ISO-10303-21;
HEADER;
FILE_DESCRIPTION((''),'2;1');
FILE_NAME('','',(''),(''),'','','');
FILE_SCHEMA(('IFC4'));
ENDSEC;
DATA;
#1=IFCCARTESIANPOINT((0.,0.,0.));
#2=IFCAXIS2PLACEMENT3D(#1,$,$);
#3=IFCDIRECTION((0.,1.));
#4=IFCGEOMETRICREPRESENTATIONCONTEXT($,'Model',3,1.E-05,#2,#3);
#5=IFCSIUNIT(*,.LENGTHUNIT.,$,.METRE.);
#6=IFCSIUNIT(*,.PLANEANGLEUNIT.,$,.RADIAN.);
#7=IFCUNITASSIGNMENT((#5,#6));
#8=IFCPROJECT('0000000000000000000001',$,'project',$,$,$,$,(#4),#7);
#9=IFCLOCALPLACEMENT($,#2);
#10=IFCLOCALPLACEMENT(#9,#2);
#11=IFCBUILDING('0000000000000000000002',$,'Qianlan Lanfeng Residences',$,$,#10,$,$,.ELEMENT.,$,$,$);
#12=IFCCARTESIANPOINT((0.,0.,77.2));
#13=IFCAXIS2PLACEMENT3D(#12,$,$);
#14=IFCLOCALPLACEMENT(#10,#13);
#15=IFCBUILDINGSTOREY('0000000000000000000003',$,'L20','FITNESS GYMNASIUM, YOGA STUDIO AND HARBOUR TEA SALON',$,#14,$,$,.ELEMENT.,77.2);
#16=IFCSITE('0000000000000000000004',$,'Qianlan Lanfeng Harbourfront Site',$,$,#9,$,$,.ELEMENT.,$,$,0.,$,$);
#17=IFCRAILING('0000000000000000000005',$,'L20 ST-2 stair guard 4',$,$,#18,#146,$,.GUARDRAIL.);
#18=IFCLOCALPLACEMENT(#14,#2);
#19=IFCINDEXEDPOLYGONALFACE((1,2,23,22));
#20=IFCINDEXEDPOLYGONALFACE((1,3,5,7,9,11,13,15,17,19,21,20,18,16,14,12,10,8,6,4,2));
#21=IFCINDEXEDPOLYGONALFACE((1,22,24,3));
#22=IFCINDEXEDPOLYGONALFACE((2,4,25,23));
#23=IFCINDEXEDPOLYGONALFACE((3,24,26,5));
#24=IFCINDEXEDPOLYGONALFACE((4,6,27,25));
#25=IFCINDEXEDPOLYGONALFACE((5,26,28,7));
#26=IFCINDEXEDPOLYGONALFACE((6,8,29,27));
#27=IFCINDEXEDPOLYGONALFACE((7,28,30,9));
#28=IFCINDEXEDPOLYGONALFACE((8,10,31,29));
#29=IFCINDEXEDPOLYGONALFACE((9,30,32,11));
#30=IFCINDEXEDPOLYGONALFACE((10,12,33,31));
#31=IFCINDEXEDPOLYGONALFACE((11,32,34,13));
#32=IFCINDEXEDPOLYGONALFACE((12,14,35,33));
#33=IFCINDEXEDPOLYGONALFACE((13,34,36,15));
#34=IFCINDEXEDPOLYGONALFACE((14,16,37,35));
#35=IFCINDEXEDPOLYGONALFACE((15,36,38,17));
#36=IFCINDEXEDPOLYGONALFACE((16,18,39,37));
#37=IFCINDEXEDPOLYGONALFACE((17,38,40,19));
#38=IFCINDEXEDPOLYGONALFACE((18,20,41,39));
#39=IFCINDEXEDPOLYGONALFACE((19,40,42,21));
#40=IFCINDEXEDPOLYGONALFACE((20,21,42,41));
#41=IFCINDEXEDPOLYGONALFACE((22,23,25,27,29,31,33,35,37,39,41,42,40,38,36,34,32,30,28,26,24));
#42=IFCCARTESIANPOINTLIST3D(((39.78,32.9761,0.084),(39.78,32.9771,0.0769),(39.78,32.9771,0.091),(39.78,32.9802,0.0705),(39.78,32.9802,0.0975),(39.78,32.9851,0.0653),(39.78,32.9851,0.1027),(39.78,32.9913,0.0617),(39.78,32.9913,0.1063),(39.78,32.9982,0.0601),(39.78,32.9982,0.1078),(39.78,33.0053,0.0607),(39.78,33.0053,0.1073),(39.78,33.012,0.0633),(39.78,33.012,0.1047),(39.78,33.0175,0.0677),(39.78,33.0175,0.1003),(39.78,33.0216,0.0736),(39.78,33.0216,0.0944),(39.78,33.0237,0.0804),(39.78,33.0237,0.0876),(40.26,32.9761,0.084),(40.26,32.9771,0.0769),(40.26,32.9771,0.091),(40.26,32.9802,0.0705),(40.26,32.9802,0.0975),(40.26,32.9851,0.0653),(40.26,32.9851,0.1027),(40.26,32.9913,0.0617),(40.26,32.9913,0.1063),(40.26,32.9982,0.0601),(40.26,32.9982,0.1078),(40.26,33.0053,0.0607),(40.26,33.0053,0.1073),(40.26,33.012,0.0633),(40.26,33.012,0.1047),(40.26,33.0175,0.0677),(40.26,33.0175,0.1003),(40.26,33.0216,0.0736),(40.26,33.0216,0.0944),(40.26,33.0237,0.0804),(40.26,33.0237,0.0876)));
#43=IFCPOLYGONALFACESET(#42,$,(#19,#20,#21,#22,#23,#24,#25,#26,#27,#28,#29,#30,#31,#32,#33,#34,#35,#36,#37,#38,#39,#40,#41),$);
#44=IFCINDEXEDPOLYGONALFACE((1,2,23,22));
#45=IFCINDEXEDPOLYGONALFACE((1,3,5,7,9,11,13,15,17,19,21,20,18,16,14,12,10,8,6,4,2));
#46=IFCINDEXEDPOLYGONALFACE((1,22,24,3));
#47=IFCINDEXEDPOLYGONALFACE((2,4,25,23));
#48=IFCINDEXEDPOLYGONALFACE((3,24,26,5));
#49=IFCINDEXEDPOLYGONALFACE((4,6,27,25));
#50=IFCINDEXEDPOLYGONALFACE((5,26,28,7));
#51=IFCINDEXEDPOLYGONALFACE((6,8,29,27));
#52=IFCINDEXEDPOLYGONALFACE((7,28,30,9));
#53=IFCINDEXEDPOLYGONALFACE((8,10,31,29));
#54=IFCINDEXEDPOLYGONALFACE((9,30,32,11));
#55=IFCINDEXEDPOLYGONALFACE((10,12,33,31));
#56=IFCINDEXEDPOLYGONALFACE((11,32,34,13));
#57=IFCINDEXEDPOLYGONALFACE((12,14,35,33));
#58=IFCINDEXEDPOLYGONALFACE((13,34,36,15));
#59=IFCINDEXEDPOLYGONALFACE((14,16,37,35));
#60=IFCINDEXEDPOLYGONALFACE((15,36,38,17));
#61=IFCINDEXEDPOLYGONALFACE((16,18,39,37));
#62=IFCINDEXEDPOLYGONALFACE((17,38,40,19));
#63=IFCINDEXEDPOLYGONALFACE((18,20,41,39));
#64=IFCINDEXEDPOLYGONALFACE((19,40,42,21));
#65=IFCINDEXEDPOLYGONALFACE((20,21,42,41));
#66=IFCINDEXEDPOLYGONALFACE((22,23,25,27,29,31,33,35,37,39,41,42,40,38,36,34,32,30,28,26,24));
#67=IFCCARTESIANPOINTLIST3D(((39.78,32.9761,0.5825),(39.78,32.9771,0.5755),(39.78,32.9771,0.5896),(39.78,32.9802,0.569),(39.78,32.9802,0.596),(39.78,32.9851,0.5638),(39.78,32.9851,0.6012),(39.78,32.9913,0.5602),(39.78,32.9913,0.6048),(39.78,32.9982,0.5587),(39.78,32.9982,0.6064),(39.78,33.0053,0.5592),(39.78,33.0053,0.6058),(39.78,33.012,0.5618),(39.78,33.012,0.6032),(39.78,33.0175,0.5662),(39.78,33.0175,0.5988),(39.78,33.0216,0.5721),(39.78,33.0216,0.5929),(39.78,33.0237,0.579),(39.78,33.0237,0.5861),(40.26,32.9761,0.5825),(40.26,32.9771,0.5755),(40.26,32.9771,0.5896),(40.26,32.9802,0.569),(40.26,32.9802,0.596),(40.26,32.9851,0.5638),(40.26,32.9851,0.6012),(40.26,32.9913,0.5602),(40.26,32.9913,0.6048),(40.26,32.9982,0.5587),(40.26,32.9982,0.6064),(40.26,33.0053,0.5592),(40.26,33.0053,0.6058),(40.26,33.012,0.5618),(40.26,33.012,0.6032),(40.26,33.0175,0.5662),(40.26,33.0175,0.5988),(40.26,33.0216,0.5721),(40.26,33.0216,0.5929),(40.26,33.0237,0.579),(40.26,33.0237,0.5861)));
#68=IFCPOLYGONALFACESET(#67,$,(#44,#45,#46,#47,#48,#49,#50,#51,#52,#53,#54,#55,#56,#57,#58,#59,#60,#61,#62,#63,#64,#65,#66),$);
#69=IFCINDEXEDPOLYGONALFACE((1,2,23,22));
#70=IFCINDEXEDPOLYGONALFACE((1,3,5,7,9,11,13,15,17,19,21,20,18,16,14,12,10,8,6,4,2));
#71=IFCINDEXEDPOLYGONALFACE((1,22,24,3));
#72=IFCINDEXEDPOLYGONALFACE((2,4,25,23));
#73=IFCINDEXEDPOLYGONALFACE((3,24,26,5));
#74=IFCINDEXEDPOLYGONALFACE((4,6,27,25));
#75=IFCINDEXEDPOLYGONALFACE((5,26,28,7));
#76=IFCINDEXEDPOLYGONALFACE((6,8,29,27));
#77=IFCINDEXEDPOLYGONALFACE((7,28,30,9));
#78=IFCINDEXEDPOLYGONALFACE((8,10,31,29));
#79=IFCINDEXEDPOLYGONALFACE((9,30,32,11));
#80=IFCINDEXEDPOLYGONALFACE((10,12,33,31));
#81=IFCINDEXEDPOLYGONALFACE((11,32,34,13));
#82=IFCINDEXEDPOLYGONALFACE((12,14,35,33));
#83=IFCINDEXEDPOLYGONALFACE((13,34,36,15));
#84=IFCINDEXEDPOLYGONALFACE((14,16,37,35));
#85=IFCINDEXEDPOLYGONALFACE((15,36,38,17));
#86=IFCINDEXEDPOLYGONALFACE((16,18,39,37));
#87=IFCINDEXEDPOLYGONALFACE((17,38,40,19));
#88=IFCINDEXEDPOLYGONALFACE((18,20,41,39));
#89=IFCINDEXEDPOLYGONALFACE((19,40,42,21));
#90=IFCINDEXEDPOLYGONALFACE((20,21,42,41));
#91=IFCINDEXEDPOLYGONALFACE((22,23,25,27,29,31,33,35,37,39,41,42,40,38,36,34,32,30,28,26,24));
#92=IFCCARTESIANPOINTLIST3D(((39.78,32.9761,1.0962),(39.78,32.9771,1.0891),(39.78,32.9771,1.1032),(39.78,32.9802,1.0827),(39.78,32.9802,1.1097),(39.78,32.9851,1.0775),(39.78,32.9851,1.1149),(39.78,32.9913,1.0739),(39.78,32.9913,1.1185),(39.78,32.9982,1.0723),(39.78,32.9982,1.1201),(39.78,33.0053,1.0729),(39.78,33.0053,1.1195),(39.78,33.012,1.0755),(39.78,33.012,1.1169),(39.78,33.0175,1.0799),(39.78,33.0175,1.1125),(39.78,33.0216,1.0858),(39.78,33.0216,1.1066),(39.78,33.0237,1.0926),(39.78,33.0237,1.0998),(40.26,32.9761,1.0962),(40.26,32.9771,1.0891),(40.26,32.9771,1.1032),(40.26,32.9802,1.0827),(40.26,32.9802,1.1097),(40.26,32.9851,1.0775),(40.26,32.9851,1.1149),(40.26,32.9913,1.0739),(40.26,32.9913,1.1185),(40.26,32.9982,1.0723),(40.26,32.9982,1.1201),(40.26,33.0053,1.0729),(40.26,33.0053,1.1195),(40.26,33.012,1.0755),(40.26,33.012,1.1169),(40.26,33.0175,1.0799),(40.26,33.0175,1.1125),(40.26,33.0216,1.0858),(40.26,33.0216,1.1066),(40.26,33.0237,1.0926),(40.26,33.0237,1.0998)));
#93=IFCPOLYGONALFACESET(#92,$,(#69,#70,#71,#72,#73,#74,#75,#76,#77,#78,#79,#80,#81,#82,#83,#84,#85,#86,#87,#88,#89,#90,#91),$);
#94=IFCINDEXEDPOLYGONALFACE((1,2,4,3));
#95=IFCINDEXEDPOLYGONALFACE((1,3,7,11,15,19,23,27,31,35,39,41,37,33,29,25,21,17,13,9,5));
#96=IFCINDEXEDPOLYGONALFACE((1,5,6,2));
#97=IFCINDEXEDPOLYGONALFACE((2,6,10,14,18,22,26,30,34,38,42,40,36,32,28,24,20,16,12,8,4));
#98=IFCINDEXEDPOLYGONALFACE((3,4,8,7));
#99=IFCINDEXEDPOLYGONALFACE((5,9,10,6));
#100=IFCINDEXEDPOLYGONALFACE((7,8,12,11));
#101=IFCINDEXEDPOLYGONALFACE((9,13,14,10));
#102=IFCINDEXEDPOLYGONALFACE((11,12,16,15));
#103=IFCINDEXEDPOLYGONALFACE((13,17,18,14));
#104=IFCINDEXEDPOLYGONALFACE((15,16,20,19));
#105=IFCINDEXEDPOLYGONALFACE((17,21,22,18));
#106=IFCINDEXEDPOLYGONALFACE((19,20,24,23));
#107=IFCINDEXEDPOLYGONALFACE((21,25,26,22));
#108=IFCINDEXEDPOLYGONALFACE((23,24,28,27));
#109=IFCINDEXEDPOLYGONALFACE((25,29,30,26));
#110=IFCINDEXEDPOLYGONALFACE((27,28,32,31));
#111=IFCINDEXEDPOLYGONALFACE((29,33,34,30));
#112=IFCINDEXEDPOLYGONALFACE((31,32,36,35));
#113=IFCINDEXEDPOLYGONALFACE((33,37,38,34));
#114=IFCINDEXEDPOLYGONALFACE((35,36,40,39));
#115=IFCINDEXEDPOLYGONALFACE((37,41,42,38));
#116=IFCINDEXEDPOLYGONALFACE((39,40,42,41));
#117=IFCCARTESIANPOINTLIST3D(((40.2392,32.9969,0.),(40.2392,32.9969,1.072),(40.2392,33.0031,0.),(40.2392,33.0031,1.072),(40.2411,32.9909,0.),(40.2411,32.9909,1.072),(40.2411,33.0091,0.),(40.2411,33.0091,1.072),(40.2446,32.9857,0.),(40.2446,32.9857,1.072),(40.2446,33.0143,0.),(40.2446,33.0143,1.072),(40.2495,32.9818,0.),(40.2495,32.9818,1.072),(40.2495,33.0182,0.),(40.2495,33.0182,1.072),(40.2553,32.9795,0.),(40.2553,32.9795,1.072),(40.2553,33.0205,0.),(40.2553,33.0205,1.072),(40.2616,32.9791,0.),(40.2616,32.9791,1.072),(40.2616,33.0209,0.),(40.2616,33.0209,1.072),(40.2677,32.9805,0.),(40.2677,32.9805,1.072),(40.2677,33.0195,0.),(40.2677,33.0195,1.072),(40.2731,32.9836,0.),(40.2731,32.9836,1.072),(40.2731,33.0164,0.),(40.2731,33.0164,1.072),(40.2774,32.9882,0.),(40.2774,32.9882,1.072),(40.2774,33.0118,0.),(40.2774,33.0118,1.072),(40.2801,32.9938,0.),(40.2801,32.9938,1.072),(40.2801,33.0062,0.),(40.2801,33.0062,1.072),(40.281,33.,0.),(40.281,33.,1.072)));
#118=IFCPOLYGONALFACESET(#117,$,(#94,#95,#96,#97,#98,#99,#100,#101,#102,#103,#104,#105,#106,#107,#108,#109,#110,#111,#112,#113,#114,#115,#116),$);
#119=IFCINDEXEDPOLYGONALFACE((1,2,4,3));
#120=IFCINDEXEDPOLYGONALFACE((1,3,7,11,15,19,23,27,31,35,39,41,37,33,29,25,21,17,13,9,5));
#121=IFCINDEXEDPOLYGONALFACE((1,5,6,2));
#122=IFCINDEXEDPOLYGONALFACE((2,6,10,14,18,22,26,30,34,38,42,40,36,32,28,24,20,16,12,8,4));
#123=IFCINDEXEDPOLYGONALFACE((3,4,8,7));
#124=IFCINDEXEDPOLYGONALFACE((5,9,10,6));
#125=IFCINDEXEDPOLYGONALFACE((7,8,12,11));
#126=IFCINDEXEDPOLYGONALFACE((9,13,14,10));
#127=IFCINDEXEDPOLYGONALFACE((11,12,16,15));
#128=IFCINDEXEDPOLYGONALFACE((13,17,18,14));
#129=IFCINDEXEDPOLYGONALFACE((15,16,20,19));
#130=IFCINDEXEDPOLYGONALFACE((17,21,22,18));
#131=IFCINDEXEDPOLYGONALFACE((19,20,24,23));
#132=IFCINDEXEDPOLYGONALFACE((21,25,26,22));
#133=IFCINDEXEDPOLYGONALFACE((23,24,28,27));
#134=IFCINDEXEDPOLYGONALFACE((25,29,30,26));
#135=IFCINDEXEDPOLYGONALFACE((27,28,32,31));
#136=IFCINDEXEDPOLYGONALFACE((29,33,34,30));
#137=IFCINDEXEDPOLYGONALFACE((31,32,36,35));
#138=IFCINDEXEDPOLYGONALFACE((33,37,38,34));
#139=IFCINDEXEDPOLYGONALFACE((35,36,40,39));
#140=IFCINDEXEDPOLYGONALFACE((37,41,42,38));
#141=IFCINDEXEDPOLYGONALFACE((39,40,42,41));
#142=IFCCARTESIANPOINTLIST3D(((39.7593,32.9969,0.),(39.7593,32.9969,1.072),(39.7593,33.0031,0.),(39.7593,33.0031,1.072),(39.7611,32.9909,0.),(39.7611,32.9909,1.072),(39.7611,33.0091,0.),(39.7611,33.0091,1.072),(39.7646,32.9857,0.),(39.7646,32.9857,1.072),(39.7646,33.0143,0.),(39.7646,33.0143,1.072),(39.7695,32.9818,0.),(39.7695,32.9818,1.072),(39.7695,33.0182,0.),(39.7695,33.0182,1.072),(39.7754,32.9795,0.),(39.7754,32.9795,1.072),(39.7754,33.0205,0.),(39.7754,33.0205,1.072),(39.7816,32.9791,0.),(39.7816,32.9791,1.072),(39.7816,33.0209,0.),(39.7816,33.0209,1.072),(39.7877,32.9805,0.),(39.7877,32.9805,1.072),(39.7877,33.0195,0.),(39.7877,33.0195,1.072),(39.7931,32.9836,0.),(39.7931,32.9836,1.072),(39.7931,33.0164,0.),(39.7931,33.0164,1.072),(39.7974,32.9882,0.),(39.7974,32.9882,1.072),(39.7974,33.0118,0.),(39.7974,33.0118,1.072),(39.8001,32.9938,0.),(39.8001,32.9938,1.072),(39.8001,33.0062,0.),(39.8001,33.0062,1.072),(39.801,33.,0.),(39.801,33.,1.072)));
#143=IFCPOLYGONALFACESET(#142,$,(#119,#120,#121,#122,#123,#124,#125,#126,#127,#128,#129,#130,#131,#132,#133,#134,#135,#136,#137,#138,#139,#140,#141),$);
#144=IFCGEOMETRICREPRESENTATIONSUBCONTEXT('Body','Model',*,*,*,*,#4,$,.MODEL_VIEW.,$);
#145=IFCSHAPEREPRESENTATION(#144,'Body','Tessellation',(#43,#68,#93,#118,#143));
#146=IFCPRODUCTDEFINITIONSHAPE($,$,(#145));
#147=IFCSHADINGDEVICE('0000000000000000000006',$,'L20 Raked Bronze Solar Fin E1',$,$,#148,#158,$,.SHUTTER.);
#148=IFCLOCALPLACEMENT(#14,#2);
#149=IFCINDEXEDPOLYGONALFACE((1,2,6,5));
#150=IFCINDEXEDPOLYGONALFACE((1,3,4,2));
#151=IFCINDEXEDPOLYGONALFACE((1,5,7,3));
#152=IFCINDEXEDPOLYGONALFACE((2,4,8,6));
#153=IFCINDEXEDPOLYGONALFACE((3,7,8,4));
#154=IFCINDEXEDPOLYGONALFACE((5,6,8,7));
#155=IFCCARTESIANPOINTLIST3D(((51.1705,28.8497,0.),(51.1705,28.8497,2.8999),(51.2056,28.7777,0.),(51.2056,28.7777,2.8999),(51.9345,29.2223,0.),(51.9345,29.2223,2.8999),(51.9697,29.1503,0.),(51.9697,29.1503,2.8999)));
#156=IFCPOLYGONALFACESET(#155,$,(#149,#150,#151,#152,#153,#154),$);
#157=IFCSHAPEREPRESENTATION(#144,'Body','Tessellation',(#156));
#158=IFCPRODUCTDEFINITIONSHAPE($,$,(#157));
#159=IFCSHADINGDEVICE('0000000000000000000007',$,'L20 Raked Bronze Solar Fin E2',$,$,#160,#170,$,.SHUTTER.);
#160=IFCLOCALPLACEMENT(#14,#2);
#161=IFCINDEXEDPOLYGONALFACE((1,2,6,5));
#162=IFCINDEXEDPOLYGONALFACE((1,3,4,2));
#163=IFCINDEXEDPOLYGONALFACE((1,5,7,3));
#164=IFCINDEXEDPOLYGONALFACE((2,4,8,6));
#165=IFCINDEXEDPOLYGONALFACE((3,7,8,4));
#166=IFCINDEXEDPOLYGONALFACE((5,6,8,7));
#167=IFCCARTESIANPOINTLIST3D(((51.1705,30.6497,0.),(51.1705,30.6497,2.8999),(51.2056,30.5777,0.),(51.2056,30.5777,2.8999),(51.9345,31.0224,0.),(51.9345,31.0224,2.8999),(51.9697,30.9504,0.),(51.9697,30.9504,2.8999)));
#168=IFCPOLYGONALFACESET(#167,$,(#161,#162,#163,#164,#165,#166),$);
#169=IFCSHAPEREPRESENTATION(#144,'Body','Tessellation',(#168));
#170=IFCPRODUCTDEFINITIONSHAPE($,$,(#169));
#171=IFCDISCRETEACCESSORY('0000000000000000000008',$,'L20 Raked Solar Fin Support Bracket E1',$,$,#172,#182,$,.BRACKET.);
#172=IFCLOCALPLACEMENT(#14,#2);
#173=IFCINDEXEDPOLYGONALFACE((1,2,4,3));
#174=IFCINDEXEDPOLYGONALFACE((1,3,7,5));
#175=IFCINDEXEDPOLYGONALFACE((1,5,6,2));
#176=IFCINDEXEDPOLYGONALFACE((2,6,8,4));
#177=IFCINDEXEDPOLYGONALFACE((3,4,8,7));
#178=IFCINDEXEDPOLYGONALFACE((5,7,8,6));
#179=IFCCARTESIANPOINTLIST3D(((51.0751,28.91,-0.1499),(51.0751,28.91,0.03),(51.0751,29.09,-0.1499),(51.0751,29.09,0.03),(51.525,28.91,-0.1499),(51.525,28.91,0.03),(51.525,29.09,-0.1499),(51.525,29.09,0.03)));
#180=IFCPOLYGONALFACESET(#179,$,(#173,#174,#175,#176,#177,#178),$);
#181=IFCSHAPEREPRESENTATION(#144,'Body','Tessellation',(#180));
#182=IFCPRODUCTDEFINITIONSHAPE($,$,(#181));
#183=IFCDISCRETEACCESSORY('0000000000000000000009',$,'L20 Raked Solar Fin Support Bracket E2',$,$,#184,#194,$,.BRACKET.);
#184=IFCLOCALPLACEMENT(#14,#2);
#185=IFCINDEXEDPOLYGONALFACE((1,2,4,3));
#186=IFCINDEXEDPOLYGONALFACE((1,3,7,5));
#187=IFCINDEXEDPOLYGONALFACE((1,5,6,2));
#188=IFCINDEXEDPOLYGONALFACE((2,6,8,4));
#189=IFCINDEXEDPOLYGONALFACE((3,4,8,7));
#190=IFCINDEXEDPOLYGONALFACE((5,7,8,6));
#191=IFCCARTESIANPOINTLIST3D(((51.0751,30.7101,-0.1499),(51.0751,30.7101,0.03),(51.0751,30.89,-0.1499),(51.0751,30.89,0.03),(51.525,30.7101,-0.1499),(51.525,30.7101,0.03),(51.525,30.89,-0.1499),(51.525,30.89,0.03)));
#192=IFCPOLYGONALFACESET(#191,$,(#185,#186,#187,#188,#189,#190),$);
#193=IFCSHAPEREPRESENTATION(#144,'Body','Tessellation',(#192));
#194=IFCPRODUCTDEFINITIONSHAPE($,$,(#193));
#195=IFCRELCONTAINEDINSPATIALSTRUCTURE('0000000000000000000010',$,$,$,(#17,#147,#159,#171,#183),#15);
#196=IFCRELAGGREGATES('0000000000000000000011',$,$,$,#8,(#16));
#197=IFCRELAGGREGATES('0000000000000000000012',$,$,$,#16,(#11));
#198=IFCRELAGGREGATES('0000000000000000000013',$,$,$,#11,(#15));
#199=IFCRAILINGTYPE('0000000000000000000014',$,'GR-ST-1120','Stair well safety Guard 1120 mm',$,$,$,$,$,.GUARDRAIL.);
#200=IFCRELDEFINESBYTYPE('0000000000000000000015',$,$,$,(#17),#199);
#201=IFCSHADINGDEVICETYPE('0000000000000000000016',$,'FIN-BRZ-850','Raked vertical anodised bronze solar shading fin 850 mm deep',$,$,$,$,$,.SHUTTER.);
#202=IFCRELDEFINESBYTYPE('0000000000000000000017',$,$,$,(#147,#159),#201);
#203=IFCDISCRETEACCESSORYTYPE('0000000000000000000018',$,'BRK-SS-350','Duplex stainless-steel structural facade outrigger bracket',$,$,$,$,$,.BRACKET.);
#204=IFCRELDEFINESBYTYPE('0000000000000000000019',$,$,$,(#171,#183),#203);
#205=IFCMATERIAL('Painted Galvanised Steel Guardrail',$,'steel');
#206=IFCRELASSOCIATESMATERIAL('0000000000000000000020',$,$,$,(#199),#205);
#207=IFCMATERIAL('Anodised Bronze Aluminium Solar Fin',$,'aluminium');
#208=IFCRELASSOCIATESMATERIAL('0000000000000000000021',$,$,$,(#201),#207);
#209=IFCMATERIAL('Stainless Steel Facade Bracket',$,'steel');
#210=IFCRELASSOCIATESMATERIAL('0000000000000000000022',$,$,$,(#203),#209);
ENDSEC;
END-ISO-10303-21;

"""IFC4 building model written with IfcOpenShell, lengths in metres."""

from ifc_helpers import new_model, si_unit, direction, frame, origin, origin_2d, place, context, subcontext, project, spatial, rectangle, circle, extrude, source, transform, mapped, material, type_object, element, save


model = new_model("IFC4")

# Units and contexts
model_context = context("Model", 3, precision=1e-05, world=origin(), true_north=direction((0.0, 1.0)))
body_context = subcontext(model_context, "Body", "Model", "MODEL_VIEW")
ifc_project = project(units=[si_unit("LENGTHUNIT", "METRE"), si_unit("PLANEANGLEUNIT", "RADIAN")], contexts=[model_context])

# Site, building, storey
site_placement = place(None, origin())
site = spatial("IfcSite", under=ifc_project, at=site_placement, Name="Qianlan Lanfeng Harbourfront Site", CompositionType="ELEMENT", RefElevation=0.0)
building_placement = place(site_placement, origin())
building = spatial("IfcBuilding", under=site, at=building_placement, Name="Qianlan Lanfeng Residences", CompositionType="ELEMENT")
storey_placement = place(building_placement, frame((0.0, 0.0, 77.2)))
storey = spatial("IfcBuildingStorey", under=building, at=storey_placement, Name="L20", Description="FITNESS GYMNASIUM, YOGA STUDIO AND HARBOUR TEA SALON", CompositionType="ELEMENT", Elevation=77.2)

# Railing
ifc_material_1 = material(Name="Painted Galvanised Steel Guardrail", Category="steel")
railing_type_1 = type_object("IfcRailingType", Name="GR-ST-1120", Description="Stair well safety Guard 1120 mm", PredefinedType="GUARDRAIL", material=ifc_material_1)
railing_1_placement = place(storey_placement, frame((40.26, 33.0, 0.0)))
element("IfcRailing", 1, at=railing_1_placement, inside=storey, type_object=railing_type_1, Name="L20 ST-2 stair guard 4", PredefinedType="GUARDRAIL", context=body_context, shape_type="SweptSolid", body=[
    extrude(circle(Radius=0.0239, at=origin_2d()), frame((0.0, 0.0, 0.084), z_axis=(-1.0, 0.0, 0.0), x_axis=(0.0, -1.0, 0.0)), (0.0, 0.0, 1.0), 0.48),
    extrude(circle(Radius=0.0239, at=origin_2d()), frame((0.0, 0.0, 0.5825), z_axis=(-1.0, 0.0, 0.0), x_axis=(0.0, -1.0, 0.0)), (0.0, 0.0, 1.0), 0.48),
    extrude(circle(Radius=0.0239, at=origin_2d()), frame((0.0, 0.0, 1.0962), z_axis=(-1.0, 0.0, 0.0), x_axis=(0.0, -1.0, 0.0)), (0.0, 0.0, 1.0), 0.48),
    extrude(circle(Radius=0.021, at=origin_2d()), origin(), (0.0, 0.0, 1.0), 1.072),
    extrude(circle(Radius=0.021, at=origin_2d()), frame((-0.48, 0.0, 0.0)), (0.0, 0.0, 1.0), 1.072),
])

# Shading devices
ifc_material_2 = material(Name="Anodised Bronze Aluminium Solar Fin", Category="aluminium")
shading_device_type = type_object("IfcShadingDeviceType", Name="FIN-BRZ-850", Description="Raked vertical anodised bronze solar shading fin 850 mm deep", PredefinedType="SHUTTER", material=ifc_material_2)
shared_shape_1 = source(origin(), body_context, "Body", "SweptSolid", [
    extrude(rectangle(XDim=0.8501, YDim=0.0801, at=origin_2d()), origin(), (0.0, 0.0, 1.0), 2.8999),
])
for number, where, z_axis, x_axis, name in (
    (2, (51.5701, 29.0, 0.0), (0.0, 0.0, 1.0), (0.898794, 0.438371, 0.0), "L20 Raked Bronze Solar Fin E1"),
    (3, (51.5701, 30.8, 0.0), (0.0, 0.0, 1.0), (0.898794, 0.438371, 0.0), "L20 Raked Bronze Solar Fin E2"),
):
    element("IfcShadingDevice", number, at=place(storey_placement, frame(where, z_axis=z_axis, x_axis=x_axis)), inside=storey, type_object=shading_device_type, Name=name, PredefinedType="SHUTTER", context=body_context, shape_type="MappedRepresentation", body=[
        mapped(shared_shape_1, transform((0.0, 0.0, 0.0), scale=1.0)),
    ])

# Discrete accessories
ifc_material_3 = material(Name="Stainless Steel Facade Bracket", Category="steel")
discrete_accessory_type = type_object("IfcDiscreteAccessoryType", Name="BRK-SS-350", Description="Duplex stainless-steel structural facade outrigger bracket", PredefinedType="BRACKET", material=ifc_material_3)
shared_shape_2 = source(origin(), body_context, "Body", "SweptSolid", [
    extrude(rectangle(XDim=0.45, YDim=0.1799, at=origin_2d()), origin(), (0.0, 0.0, 1.0), 0.1799),
])
for number, where, z_axis, x_axis, name in (
    (4, (51.3, 29.0, -0.1499), (0.0, 0.0, 1.0), (1.0, 0.0, 0.0), "L20 Raked Solar Fin Support Bracket E1"),
    (5, (51.3, 30.8, -0.1499), (0.0, 0.0, 1.0), (1.0, 0.0, 0.0), "L20 Raked Solar Fin Support Bracket E2"),
):
    element("IfcDiscreteAccessory", number, at=place(storey_placement, frame(where, z_axis=z_axis, x_axis=x_axis)), inside=storey, type_object=discrete_accessory_type, Name=name, PredefinedType="BRACKET", context=body_context, shape_type="MappedRepresentation", body=[
        mapped(shared_shape_2, transform((0.0, 0.0, 0.0), scale=1.0)),
    ])

save(model, "model.ifc")
